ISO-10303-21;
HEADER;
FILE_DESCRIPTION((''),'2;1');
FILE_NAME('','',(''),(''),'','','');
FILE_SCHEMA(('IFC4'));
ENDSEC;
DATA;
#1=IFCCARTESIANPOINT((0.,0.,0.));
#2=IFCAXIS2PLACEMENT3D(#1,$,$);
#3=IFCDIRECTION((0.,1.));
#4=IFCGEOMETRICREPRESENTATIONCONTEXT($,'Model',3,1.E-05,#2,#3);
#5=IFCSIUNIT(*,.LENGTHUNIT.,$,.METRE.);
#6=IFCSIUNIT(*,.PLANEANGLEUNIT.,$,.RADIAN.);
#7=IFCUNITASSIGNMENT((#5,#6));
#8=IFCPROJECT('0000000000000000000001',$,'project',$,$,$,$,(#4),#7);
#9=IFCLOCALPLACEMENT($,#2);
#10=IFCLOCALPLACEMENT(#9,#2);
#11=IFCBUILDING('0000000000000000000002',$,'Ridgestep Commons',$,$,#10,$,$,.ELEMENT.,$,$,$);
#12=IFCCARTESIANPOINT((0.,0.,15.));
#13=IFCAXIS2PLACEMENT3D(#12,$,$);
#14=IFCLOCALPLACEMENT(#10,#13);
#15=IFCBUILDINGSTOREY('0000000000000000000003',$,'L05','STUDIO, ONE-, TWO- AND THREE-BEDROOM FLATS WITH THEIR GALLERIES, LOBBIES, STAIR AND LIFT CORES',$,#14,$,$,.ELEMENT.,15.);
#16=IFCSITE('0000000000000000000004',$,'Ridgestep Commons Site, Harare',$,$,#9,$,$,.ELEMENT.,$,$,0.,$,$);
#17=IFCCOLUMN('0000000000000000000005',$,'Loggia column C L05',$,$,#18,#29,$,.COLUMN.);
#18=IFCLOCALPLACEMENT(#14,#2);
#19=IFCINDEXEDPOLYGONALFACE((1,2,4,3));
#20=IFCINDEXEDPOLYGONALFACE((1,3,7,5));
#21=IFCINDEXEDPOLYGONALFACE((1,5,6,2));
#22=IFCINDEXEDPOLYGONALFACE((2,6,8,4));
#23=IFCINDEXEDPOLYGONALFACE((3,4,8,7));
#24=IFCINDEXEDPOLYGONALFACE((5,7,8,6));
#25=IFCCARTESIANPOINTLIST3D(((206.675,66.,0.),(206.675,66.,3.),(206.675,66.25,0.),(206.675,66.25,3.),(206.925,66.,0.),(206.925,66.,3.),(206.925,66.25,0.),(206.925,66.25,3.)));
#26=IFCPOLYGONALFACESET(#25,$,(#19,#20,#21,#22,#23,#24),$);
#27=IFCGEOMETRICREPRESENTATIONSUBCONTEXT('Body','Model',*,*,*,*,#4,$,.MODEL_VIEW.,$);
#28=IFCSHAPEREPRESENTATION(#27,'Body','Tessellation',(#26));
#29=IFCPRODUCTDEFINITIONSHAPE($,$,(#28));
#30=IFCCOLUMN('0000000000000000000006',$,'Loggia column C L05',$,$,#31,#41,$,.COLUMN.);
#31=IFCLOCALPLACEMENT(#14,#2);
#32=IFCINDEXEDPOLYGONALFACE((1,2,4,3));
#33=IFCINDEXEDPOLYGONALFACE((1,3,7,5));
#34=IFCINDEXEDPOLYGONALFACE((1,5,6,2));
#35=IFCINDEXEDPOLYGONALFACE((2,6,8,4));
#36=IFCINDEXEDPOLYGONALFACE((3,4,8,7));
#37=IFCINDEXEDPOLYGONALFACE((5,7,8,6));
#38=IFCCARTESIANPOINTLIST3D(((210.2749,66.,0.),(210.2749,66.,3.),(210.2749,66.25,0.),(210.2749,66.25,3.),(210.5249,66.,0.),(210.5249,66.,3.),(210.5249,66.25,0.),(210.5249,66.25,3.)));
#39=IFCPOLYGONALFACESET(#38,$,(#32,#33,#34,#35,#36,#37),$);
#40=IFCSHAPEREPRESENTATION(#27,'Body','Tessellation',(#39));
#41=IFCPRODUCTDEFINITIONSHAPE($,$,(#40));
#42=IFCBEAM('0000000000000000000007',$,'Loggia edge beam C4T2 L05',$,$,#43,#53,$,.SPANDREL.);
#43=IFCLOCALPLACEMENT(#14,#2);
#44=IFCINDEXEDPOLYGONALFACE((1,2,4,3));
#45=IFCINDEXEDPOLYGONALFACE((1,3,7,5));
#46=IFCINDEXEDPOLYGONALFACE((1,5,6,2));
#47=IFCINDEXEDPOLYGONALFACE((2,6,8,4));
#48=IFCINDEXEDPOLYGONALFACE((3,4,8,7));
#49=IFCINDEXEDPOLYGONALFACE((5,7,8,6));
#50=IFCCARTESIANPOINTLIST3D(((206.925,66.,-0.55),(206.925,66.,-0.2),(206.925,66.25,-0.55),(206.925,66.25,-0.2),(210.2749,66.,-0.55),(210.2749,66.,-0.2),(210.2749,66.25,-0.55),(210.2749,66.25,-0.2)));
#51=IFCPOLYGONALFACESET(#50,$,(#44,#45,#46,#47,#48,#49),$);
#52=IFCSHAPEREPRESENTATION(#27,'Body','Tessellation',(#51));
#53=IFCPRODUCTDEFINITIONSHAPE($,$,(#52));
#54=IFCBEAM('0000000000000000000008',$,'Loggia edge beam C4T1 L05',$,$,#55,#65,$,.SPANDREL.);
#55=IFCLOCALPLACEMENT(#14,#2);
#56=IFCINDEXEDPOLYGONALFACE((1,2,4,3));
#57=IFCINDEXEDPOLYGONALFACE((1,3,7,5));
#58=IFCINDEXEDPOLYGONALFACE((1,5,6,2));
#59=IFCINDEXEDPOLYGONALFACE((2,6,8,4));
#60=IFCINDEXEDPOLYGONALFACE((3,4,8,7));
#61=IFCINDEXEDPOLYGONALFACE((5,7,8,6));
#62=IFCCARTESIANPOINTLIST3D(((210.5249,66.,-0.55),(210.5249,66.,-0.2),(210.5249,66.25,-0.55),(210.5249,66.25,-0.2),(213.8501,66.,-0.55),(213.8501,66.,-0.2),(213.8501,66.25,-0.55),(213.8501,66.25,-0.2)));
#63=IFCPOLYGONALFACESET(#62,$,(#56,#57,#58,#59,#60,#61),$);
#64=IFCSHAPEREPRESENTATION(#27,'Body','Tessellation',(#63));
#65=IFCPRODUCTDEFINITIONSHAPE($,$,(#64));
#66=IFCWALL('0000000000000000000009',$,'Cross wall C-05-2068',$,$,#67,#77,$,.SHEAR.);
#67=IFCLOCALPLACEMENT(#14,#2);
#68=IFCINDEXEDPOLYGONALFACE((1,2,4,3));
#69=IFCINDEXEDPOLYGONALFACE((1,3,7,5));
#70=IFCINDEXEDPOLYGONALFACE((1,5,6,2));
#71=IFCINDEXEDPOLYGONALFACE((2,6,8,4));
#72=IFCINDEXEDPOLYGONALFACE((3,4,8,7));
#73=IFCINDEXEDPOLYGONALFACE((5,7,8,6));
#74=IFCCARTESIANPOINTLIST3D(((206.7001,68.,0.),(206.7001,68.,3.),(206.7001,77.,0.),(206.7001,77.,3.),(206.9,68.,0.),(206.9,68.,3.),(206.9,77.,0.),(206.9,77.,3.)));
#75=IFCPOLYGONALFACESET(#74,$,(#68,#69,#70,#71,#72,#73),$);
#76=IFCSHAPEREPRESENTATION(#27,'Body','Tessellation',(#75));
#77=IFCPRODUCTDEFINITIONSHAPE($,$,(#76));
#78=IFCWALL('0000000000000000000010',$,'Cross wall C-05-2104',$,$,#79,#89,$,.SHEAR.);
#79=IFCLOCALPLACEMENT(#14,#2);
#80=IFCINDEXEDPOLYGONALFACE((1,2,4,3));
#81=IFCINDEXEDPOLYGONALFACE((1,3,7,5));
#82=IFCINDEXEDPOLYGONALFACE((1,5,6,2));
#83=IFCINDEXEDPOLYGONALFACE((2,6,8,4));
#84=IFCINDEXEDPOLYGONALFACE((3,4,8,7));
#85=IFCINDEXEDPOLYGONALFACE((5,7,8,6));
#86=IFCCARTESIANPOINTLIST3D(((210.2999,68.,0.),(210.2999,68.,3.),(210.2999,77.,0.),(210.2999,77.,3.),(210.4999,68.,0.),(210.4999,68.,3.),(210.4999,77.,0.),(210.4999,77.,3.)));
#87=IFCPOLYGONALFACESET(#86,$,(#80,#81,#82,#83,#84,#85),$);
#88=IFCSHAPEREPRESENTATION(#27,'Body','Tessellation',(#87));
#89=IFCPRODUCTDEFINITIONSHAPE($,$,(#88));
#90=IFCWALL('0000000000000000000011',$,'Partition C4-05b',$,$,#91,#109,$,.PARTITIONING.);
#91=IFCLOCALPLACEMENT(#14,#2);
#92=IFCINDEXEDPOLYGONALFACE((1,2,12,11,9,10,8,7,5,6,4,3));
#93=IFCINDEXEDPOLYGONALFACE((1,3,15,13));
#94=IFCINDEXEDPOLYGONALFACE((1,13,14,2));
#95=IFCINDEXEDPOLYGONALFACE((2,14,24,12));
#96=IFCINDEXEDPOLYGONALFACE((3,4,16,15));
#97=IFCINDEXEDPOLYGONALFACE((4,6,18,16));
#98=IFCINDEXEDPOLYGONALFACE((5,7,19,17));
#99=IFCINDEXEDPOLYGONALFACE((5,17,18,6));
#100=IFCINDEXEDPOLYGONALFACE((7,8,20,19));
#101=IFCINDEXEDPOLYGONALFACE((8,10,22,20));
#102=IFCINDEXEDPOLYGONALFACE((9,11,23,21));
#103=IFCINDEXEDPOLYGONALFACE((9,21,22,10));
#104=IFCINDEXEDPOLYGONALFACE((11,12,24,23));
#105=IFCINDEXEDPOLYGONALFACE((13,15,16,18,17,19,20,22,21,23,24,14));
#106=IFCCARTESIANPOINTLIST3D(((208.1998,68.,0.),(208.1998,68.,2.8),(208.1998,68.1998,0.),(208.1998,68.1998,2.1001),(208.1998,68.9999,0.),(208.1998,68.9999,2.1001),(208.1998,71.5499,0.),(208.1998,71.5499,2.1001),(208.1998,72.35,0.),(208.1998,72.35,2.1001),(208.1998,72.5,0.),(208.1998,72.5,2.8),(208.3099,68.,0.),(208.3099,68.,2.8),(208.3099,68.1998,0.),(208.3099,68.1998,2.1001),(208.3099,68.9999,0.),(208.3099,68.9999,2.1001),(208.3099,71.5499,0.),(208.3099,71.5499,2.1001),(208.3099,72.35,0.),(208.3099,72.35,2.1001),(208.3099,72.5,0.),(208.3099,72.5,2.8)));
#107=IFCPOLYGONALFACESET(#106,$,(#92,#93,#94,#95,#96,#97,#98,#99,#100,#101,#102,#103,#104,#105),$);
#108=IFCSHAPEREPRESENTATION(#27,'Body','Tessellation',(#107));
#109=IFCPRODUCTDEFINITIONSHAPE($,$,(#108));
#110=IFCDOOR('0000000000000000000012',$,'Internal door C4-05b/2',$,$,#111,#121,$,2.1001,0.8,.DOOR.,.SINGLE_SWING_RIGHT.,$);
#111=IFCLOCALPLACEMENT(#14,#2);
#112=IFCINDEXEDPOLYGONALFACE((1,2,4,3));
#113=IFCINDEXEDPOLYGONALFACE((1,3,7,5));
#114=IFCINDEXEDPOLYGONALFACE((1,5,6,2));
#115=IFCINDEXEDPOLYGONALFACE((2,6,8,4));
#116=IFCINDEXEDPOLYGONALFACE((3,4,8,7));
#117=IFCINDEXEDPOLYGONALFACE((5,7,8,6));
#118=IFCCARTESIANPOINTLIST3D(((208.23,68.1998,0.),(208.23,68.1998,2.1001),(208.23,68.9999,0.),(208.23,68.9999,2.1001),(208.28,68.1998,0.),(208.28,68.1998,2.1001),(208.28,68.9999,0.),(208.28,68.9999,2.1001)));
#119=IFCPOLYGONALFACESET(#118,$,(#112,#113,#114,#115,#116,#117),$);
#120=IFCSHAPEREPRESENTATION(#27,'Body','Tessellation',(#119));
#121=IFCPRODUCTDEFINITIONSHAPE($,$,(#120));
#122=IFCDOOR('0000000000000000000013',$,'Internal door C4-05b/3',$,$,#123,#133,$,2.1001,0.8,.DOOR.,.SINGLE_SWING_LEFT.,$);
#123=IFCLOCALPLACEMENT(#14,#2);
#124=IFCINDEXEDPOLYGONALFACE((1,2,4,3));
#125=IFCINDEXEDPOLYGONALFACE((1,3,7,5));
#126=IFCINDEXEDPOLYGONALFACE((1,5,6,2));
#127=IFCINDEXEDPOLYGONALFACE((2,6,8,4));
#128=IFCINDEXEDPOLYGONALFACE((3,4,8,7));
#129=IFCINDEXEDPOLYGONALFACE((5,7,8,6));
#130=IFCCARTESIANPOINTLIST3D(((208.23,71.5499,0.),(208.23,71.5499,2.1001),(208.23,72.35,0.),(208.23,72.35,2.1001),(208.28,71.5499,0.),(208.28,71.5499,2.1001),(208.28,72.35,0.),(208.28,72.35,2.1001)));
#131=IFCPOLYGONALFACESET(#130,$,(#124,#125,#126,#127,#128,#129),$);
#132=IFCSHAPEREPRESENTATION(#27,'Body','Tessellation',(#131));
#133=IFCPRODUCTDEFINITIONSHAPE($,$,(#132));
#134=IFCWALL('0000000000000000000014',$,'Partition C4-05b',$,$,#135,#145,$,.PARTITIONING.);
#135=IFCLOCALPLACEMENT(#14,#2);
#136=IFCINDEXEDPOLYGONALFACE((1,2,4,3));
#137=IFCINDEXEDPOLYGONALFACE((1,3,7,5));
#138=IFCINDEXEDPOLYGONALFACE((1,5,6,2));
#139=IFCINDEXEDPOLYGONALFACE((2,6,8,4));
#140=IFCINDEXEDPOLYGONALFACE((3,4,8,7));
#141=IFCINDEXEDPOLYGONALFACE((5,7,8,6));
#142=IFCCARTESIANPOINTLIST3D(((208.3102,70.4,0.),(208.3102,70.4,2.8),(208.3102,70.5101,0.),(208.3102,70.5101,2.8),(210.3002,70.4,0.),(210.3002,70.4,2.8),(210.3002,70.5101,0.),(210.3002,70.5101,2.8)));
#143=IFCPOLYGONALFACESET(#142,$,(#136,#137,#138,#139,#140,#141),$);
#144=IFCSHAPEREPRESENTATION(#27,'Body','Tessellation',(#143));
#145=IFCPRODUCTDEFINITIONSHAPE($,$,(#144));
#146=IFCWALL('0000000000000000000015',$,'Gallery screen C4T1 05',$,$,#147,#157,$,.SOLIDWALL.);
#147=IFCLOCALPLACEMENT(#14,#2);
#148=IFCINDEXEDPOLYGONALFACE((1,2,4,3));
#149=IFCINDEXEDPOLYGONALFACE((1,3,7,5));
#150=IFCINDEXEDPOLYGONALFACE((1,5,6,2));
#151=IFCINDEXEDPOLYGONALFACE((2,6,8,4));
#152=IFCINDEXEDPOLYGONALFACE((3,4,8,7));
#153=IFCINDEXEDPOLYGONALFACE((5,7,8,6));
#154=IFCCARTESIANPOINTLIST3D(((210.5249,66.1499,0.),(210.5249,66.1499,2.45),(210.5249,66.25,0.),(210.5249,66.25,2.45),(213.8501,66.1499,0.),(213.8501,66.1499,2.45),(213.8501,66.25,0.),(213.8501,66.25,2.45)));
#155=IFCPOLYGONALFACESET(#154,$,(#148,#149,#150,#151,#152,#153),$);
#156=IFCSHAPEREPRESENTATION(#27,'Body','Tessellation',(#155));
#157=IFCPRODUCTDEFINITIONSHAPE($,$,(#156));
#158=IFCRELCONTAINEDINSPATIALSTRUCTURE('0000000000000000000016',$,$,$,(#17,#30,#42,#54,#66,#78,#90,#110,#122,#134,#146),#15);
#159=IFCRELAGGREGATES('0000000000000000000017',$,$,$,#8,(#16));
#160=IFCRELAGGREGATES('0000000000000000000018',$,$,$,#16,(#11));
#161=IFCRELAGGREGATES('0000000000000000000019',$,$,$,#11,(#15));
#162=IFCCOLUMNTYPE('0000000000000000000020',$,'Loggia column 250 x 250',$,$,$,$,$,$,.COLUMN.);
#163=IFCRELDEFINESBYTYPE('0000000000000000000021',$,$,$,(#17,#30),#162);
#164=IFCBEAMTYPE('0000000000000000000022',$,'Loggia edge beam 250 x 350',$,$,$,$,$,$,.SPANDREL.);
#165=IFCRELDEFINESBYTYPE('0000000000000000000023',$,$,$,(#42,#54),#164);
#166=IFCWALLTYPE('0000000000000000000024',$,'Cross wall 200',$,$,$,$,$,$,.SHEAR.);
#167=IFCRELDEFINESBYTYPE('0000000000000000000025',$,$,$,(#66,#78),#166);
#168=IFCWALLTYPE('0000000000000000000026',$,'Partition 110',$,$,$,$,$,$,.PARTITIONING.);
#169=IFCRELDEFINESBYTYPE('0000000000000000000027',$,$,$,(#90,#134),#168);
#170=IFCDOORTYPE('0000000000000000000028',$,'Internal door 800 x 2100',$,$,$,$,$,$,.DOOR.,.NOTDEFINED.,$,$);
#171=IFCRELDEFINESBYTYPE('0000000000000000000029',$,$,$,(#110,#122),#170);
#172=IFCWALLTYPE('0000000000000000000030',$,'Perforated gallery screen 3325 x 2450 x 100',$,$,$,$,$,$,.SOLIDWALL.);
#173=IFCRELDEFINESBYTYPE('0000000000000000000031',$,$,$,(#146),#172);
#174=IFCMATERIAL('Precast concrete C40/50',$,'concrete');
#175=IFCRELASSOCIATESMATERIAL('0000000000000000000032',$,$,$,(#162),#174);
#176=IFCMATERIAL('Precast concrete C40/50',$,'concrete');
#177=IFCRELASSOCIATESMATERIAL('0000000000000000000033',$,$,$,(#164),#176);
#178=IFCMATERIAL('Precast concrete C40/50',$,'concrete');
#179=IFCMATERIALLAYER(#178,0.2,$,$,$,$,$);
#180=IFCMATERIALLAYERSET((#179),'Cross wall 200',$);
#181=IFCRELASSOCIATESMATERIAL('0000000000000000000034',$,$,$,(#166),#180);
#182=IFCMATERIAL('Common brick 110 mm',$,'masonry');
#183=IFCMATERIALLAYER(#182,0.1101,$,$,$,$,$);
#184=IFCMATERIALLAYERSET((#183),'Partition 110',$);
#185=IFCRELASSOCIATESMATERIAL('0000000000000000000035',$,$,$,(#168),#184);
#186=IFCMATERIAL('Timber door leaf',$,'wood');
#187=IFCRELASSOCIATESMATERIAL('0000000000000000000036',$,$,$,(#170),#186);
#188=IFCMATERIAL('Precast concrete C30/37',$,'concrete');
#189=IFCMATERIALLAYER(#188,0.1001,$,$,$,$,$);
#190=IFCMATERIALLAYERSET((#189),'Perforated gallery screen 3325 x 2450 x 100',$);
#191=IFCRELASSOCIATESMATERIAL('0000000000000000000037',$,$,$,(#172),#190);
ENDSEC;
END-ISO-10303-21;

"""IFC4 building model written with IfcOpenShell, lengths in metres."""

from ifc_helpers import new_model, si_unit, direction, frame, frame_2d, origin, origin_2d, place, context, subcontext, project, spatial, rectangle, extrude, material, layer, layer_set, material_profile, profile_set, type_object, element, fill, save


model = new_model("IFC4")

# Units and contexts
model_context = context("Model", 3, precision=1e-05, world=origin(), true_north=direction((0.0, 1.0)))
body_context = subcontext(model_context, "Body", "Model", "MODEL_VIEW")
ifc_project = project(units=[si_unit("LENGTHUNIT", "METRE"), si_unit("PLANEANGLEUNIT", "RADIAN")], contexts=[model_context])

# Site, building, storey
site_placement = place(None, origin())
site = spatial("IfcSite", under=ifc_project, at=site_placement, Name="Ridgestep Commons Site, Harare", CompositionType="ELEMENT", RefElevation=0.0)
building_placement = place(site_placement, origin())
building = spatial("IfcBuilding", under=site, at=building_placement, Name="Ridgestep Commons", CompositionType="ELEMENT")
storey_placement = place(building_placement, frame((0.0, 0.0, 15.0)))
storey = spatial("IfcBuildingStorey", under=building, at=storey_placement, Name="L05", Description="STUDIO, ONE-, TWO- AND THREE-BEDROOM FLATS WITH THEIR GALLERIES, LOBBIES, STAIR AND LIFT CORES", CompositionType="ELEMENT", Elevation=15.0)

# Columns
ifc_material_1 = material(Name="Precast concrete C40/50", Category="concrete")
ifc_material_profile_1 = material_profile(ifc_material_1, rectangle(XDim=0.25, YDim=0.25, at=origin_2d()), Name="PC 250x250")
ifc_profile_set_1 = profile_set([ifc_material_profile_1], Name="Precast concrete C40/50")
column_type = type_object("IfcColumnType", Name="Loggia column 250 x 250", PredefinedType="COLUMN", material=ifc_profile_set_1)
for number, where, z_axis, x_axis, name in (
    (1, (206.8, 66.125, 0.0), (0.0, 0.0, 1.0), (1.0, 0.0, 0.0), "Loggia column C L05"),
    (2, (210.3999, 66.125, 0.0), (0.0, 0.0, 1.0), (1.0, 0.0, 0.0), "Loggia column C L05"),
):
    element("IfcColumn", number, at=place(storey_placement, frame(where, z_axis=z_axis, x_axis=x_axis)), inside=storey, type_object=column_type, Name=name, PredefinedType="COLUMN", context=body_context, shape_type="SweptSolid", body=[
        extrude(rectangle(XDim=0.25, YDim=0.25, at=origin_2d()), origin(), (0.0, 0.0, 1.0), 3.0),
    ])

# Beams
ifc_material_2 = material(Name="Precast concrete C40/50", Category="concrete")
ifc_material_profile_2 = material_profile(ifc_material_2, rectangle(XDim=0.25, YDim=0.3501, at=origin_2d()), Name="PC 250x350")
ifc_profile_set_2 = profile_set([ifc_material_profile_2], Name="Precast concrete C40/50")
beam_type = type_object("IfcBeamType", Name="Loggia edge beam 250 x 350", PredefinedType="SPANDREL", material=ifc_profile_set_2)
beam_1_placement = place(storey_placement, frame((206.925, 66.125, -0.375), z_axis=(1.0, 0.0, 0.0), x_axis=(0.0, 1.0, 0.0)))
element("IfcBeam", 3, at=beam_1_placement, inside=storey, type_object=beam_type, Name="Loggia edge beam C4T2 L05", PredefinedType="SPANDREL", context=body_context, shape_type="SweptSolid", body=[
    extrude(rectangle(XDim=0.25, YDim=0.3501, at=origin_2d()), origin(), (0.0, 0.0, 1.0), 3.3499),
])
beam_2_placement = place(storey_placement, frame((210.5249, 66.125, -0.375), z_axis=(1.0, 0.0, 0.0), x_axis=(0.0, 1.0, 0.0)))
element("IfcBeam", 4, at=beam_2_placement, inside=storey, type_object=beam_type, Name="Loggia edge beam C4T1 L05", PredefinedType="SPANDREL", context=body_context, shape_type="SweptSolid", body=[
    extrude(rectangle(XDim=0.25, YDim=0.3501, at=origin_2d()), origin(), (0.0, 0.0, 1.0), 3.3252),
])

# Walls
ifc_material_3 = material(Name="Precast concrete C40/50", Category="concrete")
ifc_layer_1 = layer(ifc_material_3, 0.2)
ifc_layer_set_1 = layer_set([ifc_layer_1], Name="Cross wall 200")
wall_type_1 = type_object("IfcWallType", Name="Cross wall 200", PredefinedType="SHEAR", material=ifc_layer_set_1)
for number, where, z_axis, x_axis, name in (
    (5, (206.8, 68.0, 0.0), (0.0, 0.0, 1.0), (0.0, 1.0, 0.0), "Cross wall C-05-2068"),
    (6, (210.3999, 68.0, 0.0), (0.0, 0.0, 1.0), (0.0, 1.0, 0.0), "Cross wall C-05-2104"),
):
    element("IfcWall", number, at=place(storey_placement, frame(where, z_axis=z_axis, x_axis=x_axis)), inside=storey, type_object=wall_type_1, Name=name, PredefinedType="SHEAR", context=body_context, shape_type="SweptSolid", body=[
        extrude(rectangle(XDim=9.0, YDim=0.2, at=frame_2d((4.5, 0.0))), origin(), (0.0, 0.0, 1.0), 3.0),
    ])

# Wall, openings, doors
ifc_material_4 = material(Name="Common brick 110 mm", Category="masonry")
ifc_layer_2 = layer(ifc_material_4, 0.1101)
ifc_layer_set_2 = layer_set([ifc_layer_2], Name="Partition 110")
wall_type_2 = type_object("IfcWallType", Name="Partition 110", PredefinedType="PARTITIONING", material=ifc_layer_set_2)
wall_1_placement = place(storey_placement, frame((208.2549, 68.0, 0.0), z_axis=(0.0, 0.0, 1.0), x_axis=(0.0, 1.0, 0.0)))
wall_1 = element("IfcWall", 7, at=wall_1_placement, inside=storey, type_object=wall_type_2, Name="Partition C4-05b", PredefinedType="PARTITIONING", context=body_context, shape_type="SweptSolid", body=[
    extrude(rectangle(XDim=4.5, YDim=0.1101, at=frame_2d((2.25, 0.0))), origin(), (0.0, 0.0, 1.0), 2.8),
])
opening_1_placement = place(wall_1_placement, frame((0.2, 0.0, 0.0)))
opening_1 = element("IfcOpeningElement", 8, at=opening_1_placement, cuts=wall_1, PredefinedType="OPENING", context=body_context, shape_type="SweptSolid", body=[
    extrude(rectangle(XDim=0.8, YDim=2.1001, at=frame_2d((0.3999, 1.05))), frame((0.0, 0.0649, 0.0), z_axis=(0.0, -1.0, 0.0), x_axis=(1.0, 0.0, 0.0)), (0.0, 0.0, 1.0), 0.1301),
])
opening_2_placement = place(wall_1_placement, frame((3.55, 0.0, 0.0)))
opening_2 = element("IfcOpeningElement", 9, at=opening_2_placement, cuts=wall_1, PredefinedType="OPENING", context=body_context, shape_type="SweptSolid", body=[
    extrude(rectangle(XDim=0.8, YDim=2.1001, at=frame_2d((0.3999, 1.05))), frame((0.0, 0.0649, 0.0), z_axis=(0.0, -1.0, 0.0), x_axis=(1.0, 0.0, 0.0)), (0.0, 0.0, 1.0), 0.1301),
])
ifc_material_5 = material(Name="Timber door leaf", Category="wood")
door_type_1 = type_object("IfcDoorType", Name="Internal door 800 x 2100", OperationType="NOTDEFINED", PredefinedType="DOOR", material=ifc_material_5)
door_1_placement = place(opening_1_placement, origin())
door_1 = element("IfcDoor", 10, at=door_1_placement, inside=storey, type_object=door_type_1, Name="Internal door C4-05b/2", OperationType="SINGLE_SWING_RIGHT", OverallHeight=2.1001, OverallWidth=0.8, PredefinedType="DOOR", context=body_context, shape_type="SweptSolid", body=[
    extrude(rectangle(XDim=0.8, YDim=2.1001, at=frame_2d((0.3999, 1.05))), frame((0.0, 0.0249, 0.0), z_axis=(0.0, -1.0, 0.0), x_axis=(1.0, 0.0, 0.0)), (0.0, 0.0, 1.0), 0.05),
])
fill(opening_1, door_1)
door_2_placement = place(opening_2_placement, origin())
door_2 = element("IfcDoor", 11, at=door_2_placement, inside=storey, type_object=door_type_1, Name="Internal door C4-05b/3", OperationType="SINGLE_SWING_LEFT", OverallHeight=2.1001, OverallWidth=0.8, PredefinedType="DOOR", context=body_context, shape_type="SweptSolid", body=[
    extrude(rectangle(XDim=0.8, YDim=2.1001, at=frame_2d((0.3999, 1.05))), frame((0.0, 0.0249, 0.0), z_axis=(0.0, -1.0, 0.0), x_axis=(1.0, 0.0, 0.0)), (0.0, 0.0, 1.0), 0.05),
])
fill(opening_2, door_2)

# Walls
wall_2_placement = place(storey_placement, frame((208.3101, 70.4551, 0.0), z_axis=(0.0, 0.0, 1.0), x_axis=(1.0, 0.0, 0.0)))
element("IfcWall", 12, at=wall_2_placement, inside=storey, type_object=wall_type_2, Name="Partition C4-05b", PredefinedType="PARTITIONING", context=body_context, shape_type="SweptSolid", body=[
    extrude(rectangle(XDim=1.99, YDim=0.1101, at=frame_2d((0.9951, 0.0))), origin(), (0.0, 0.0, 1.0), 2.8),
])
ifc_material_6 = material(Name="Precast concrete C30/37", Category="concrete")
ifc_layer_3 = layer(ifc_material_6, 0.1001)
ifc_layer_set_3 = layer_set([ifc_layer_3], Name="Perforated gallery screen 3325 x 2450 x 100")
wall_type_3 = type_object("IfcWallType", Name="Perforated gallery screen 3325 x 2450 x 100", PredefinedType="SOLIDWALL", material=ifc_layer_set_3)
wall_3_placement = place(storey_placement, frame((210.5249, 66.2, 0.0), z_axis=(0.0, 0.0, 1.0), x_axis=(1.0, 0.0, 0.0)))
element("IfcWall", 13, at=wall_3_placement, inside=storey, type_object=wall_type_3, Name="Gallery screen C4T1 05", PredefinedType="SOLIDWALL", context=body_context, shape_type="SweptSolid", body=[
    extrude(rectangle(XDim=3.3252, YDim=0.1001, at=frame_2d((1.6626, 0.0))), origin(), (0.0, 0.0, 1.0), 2.45),
])

save(model, "model.ifc")
